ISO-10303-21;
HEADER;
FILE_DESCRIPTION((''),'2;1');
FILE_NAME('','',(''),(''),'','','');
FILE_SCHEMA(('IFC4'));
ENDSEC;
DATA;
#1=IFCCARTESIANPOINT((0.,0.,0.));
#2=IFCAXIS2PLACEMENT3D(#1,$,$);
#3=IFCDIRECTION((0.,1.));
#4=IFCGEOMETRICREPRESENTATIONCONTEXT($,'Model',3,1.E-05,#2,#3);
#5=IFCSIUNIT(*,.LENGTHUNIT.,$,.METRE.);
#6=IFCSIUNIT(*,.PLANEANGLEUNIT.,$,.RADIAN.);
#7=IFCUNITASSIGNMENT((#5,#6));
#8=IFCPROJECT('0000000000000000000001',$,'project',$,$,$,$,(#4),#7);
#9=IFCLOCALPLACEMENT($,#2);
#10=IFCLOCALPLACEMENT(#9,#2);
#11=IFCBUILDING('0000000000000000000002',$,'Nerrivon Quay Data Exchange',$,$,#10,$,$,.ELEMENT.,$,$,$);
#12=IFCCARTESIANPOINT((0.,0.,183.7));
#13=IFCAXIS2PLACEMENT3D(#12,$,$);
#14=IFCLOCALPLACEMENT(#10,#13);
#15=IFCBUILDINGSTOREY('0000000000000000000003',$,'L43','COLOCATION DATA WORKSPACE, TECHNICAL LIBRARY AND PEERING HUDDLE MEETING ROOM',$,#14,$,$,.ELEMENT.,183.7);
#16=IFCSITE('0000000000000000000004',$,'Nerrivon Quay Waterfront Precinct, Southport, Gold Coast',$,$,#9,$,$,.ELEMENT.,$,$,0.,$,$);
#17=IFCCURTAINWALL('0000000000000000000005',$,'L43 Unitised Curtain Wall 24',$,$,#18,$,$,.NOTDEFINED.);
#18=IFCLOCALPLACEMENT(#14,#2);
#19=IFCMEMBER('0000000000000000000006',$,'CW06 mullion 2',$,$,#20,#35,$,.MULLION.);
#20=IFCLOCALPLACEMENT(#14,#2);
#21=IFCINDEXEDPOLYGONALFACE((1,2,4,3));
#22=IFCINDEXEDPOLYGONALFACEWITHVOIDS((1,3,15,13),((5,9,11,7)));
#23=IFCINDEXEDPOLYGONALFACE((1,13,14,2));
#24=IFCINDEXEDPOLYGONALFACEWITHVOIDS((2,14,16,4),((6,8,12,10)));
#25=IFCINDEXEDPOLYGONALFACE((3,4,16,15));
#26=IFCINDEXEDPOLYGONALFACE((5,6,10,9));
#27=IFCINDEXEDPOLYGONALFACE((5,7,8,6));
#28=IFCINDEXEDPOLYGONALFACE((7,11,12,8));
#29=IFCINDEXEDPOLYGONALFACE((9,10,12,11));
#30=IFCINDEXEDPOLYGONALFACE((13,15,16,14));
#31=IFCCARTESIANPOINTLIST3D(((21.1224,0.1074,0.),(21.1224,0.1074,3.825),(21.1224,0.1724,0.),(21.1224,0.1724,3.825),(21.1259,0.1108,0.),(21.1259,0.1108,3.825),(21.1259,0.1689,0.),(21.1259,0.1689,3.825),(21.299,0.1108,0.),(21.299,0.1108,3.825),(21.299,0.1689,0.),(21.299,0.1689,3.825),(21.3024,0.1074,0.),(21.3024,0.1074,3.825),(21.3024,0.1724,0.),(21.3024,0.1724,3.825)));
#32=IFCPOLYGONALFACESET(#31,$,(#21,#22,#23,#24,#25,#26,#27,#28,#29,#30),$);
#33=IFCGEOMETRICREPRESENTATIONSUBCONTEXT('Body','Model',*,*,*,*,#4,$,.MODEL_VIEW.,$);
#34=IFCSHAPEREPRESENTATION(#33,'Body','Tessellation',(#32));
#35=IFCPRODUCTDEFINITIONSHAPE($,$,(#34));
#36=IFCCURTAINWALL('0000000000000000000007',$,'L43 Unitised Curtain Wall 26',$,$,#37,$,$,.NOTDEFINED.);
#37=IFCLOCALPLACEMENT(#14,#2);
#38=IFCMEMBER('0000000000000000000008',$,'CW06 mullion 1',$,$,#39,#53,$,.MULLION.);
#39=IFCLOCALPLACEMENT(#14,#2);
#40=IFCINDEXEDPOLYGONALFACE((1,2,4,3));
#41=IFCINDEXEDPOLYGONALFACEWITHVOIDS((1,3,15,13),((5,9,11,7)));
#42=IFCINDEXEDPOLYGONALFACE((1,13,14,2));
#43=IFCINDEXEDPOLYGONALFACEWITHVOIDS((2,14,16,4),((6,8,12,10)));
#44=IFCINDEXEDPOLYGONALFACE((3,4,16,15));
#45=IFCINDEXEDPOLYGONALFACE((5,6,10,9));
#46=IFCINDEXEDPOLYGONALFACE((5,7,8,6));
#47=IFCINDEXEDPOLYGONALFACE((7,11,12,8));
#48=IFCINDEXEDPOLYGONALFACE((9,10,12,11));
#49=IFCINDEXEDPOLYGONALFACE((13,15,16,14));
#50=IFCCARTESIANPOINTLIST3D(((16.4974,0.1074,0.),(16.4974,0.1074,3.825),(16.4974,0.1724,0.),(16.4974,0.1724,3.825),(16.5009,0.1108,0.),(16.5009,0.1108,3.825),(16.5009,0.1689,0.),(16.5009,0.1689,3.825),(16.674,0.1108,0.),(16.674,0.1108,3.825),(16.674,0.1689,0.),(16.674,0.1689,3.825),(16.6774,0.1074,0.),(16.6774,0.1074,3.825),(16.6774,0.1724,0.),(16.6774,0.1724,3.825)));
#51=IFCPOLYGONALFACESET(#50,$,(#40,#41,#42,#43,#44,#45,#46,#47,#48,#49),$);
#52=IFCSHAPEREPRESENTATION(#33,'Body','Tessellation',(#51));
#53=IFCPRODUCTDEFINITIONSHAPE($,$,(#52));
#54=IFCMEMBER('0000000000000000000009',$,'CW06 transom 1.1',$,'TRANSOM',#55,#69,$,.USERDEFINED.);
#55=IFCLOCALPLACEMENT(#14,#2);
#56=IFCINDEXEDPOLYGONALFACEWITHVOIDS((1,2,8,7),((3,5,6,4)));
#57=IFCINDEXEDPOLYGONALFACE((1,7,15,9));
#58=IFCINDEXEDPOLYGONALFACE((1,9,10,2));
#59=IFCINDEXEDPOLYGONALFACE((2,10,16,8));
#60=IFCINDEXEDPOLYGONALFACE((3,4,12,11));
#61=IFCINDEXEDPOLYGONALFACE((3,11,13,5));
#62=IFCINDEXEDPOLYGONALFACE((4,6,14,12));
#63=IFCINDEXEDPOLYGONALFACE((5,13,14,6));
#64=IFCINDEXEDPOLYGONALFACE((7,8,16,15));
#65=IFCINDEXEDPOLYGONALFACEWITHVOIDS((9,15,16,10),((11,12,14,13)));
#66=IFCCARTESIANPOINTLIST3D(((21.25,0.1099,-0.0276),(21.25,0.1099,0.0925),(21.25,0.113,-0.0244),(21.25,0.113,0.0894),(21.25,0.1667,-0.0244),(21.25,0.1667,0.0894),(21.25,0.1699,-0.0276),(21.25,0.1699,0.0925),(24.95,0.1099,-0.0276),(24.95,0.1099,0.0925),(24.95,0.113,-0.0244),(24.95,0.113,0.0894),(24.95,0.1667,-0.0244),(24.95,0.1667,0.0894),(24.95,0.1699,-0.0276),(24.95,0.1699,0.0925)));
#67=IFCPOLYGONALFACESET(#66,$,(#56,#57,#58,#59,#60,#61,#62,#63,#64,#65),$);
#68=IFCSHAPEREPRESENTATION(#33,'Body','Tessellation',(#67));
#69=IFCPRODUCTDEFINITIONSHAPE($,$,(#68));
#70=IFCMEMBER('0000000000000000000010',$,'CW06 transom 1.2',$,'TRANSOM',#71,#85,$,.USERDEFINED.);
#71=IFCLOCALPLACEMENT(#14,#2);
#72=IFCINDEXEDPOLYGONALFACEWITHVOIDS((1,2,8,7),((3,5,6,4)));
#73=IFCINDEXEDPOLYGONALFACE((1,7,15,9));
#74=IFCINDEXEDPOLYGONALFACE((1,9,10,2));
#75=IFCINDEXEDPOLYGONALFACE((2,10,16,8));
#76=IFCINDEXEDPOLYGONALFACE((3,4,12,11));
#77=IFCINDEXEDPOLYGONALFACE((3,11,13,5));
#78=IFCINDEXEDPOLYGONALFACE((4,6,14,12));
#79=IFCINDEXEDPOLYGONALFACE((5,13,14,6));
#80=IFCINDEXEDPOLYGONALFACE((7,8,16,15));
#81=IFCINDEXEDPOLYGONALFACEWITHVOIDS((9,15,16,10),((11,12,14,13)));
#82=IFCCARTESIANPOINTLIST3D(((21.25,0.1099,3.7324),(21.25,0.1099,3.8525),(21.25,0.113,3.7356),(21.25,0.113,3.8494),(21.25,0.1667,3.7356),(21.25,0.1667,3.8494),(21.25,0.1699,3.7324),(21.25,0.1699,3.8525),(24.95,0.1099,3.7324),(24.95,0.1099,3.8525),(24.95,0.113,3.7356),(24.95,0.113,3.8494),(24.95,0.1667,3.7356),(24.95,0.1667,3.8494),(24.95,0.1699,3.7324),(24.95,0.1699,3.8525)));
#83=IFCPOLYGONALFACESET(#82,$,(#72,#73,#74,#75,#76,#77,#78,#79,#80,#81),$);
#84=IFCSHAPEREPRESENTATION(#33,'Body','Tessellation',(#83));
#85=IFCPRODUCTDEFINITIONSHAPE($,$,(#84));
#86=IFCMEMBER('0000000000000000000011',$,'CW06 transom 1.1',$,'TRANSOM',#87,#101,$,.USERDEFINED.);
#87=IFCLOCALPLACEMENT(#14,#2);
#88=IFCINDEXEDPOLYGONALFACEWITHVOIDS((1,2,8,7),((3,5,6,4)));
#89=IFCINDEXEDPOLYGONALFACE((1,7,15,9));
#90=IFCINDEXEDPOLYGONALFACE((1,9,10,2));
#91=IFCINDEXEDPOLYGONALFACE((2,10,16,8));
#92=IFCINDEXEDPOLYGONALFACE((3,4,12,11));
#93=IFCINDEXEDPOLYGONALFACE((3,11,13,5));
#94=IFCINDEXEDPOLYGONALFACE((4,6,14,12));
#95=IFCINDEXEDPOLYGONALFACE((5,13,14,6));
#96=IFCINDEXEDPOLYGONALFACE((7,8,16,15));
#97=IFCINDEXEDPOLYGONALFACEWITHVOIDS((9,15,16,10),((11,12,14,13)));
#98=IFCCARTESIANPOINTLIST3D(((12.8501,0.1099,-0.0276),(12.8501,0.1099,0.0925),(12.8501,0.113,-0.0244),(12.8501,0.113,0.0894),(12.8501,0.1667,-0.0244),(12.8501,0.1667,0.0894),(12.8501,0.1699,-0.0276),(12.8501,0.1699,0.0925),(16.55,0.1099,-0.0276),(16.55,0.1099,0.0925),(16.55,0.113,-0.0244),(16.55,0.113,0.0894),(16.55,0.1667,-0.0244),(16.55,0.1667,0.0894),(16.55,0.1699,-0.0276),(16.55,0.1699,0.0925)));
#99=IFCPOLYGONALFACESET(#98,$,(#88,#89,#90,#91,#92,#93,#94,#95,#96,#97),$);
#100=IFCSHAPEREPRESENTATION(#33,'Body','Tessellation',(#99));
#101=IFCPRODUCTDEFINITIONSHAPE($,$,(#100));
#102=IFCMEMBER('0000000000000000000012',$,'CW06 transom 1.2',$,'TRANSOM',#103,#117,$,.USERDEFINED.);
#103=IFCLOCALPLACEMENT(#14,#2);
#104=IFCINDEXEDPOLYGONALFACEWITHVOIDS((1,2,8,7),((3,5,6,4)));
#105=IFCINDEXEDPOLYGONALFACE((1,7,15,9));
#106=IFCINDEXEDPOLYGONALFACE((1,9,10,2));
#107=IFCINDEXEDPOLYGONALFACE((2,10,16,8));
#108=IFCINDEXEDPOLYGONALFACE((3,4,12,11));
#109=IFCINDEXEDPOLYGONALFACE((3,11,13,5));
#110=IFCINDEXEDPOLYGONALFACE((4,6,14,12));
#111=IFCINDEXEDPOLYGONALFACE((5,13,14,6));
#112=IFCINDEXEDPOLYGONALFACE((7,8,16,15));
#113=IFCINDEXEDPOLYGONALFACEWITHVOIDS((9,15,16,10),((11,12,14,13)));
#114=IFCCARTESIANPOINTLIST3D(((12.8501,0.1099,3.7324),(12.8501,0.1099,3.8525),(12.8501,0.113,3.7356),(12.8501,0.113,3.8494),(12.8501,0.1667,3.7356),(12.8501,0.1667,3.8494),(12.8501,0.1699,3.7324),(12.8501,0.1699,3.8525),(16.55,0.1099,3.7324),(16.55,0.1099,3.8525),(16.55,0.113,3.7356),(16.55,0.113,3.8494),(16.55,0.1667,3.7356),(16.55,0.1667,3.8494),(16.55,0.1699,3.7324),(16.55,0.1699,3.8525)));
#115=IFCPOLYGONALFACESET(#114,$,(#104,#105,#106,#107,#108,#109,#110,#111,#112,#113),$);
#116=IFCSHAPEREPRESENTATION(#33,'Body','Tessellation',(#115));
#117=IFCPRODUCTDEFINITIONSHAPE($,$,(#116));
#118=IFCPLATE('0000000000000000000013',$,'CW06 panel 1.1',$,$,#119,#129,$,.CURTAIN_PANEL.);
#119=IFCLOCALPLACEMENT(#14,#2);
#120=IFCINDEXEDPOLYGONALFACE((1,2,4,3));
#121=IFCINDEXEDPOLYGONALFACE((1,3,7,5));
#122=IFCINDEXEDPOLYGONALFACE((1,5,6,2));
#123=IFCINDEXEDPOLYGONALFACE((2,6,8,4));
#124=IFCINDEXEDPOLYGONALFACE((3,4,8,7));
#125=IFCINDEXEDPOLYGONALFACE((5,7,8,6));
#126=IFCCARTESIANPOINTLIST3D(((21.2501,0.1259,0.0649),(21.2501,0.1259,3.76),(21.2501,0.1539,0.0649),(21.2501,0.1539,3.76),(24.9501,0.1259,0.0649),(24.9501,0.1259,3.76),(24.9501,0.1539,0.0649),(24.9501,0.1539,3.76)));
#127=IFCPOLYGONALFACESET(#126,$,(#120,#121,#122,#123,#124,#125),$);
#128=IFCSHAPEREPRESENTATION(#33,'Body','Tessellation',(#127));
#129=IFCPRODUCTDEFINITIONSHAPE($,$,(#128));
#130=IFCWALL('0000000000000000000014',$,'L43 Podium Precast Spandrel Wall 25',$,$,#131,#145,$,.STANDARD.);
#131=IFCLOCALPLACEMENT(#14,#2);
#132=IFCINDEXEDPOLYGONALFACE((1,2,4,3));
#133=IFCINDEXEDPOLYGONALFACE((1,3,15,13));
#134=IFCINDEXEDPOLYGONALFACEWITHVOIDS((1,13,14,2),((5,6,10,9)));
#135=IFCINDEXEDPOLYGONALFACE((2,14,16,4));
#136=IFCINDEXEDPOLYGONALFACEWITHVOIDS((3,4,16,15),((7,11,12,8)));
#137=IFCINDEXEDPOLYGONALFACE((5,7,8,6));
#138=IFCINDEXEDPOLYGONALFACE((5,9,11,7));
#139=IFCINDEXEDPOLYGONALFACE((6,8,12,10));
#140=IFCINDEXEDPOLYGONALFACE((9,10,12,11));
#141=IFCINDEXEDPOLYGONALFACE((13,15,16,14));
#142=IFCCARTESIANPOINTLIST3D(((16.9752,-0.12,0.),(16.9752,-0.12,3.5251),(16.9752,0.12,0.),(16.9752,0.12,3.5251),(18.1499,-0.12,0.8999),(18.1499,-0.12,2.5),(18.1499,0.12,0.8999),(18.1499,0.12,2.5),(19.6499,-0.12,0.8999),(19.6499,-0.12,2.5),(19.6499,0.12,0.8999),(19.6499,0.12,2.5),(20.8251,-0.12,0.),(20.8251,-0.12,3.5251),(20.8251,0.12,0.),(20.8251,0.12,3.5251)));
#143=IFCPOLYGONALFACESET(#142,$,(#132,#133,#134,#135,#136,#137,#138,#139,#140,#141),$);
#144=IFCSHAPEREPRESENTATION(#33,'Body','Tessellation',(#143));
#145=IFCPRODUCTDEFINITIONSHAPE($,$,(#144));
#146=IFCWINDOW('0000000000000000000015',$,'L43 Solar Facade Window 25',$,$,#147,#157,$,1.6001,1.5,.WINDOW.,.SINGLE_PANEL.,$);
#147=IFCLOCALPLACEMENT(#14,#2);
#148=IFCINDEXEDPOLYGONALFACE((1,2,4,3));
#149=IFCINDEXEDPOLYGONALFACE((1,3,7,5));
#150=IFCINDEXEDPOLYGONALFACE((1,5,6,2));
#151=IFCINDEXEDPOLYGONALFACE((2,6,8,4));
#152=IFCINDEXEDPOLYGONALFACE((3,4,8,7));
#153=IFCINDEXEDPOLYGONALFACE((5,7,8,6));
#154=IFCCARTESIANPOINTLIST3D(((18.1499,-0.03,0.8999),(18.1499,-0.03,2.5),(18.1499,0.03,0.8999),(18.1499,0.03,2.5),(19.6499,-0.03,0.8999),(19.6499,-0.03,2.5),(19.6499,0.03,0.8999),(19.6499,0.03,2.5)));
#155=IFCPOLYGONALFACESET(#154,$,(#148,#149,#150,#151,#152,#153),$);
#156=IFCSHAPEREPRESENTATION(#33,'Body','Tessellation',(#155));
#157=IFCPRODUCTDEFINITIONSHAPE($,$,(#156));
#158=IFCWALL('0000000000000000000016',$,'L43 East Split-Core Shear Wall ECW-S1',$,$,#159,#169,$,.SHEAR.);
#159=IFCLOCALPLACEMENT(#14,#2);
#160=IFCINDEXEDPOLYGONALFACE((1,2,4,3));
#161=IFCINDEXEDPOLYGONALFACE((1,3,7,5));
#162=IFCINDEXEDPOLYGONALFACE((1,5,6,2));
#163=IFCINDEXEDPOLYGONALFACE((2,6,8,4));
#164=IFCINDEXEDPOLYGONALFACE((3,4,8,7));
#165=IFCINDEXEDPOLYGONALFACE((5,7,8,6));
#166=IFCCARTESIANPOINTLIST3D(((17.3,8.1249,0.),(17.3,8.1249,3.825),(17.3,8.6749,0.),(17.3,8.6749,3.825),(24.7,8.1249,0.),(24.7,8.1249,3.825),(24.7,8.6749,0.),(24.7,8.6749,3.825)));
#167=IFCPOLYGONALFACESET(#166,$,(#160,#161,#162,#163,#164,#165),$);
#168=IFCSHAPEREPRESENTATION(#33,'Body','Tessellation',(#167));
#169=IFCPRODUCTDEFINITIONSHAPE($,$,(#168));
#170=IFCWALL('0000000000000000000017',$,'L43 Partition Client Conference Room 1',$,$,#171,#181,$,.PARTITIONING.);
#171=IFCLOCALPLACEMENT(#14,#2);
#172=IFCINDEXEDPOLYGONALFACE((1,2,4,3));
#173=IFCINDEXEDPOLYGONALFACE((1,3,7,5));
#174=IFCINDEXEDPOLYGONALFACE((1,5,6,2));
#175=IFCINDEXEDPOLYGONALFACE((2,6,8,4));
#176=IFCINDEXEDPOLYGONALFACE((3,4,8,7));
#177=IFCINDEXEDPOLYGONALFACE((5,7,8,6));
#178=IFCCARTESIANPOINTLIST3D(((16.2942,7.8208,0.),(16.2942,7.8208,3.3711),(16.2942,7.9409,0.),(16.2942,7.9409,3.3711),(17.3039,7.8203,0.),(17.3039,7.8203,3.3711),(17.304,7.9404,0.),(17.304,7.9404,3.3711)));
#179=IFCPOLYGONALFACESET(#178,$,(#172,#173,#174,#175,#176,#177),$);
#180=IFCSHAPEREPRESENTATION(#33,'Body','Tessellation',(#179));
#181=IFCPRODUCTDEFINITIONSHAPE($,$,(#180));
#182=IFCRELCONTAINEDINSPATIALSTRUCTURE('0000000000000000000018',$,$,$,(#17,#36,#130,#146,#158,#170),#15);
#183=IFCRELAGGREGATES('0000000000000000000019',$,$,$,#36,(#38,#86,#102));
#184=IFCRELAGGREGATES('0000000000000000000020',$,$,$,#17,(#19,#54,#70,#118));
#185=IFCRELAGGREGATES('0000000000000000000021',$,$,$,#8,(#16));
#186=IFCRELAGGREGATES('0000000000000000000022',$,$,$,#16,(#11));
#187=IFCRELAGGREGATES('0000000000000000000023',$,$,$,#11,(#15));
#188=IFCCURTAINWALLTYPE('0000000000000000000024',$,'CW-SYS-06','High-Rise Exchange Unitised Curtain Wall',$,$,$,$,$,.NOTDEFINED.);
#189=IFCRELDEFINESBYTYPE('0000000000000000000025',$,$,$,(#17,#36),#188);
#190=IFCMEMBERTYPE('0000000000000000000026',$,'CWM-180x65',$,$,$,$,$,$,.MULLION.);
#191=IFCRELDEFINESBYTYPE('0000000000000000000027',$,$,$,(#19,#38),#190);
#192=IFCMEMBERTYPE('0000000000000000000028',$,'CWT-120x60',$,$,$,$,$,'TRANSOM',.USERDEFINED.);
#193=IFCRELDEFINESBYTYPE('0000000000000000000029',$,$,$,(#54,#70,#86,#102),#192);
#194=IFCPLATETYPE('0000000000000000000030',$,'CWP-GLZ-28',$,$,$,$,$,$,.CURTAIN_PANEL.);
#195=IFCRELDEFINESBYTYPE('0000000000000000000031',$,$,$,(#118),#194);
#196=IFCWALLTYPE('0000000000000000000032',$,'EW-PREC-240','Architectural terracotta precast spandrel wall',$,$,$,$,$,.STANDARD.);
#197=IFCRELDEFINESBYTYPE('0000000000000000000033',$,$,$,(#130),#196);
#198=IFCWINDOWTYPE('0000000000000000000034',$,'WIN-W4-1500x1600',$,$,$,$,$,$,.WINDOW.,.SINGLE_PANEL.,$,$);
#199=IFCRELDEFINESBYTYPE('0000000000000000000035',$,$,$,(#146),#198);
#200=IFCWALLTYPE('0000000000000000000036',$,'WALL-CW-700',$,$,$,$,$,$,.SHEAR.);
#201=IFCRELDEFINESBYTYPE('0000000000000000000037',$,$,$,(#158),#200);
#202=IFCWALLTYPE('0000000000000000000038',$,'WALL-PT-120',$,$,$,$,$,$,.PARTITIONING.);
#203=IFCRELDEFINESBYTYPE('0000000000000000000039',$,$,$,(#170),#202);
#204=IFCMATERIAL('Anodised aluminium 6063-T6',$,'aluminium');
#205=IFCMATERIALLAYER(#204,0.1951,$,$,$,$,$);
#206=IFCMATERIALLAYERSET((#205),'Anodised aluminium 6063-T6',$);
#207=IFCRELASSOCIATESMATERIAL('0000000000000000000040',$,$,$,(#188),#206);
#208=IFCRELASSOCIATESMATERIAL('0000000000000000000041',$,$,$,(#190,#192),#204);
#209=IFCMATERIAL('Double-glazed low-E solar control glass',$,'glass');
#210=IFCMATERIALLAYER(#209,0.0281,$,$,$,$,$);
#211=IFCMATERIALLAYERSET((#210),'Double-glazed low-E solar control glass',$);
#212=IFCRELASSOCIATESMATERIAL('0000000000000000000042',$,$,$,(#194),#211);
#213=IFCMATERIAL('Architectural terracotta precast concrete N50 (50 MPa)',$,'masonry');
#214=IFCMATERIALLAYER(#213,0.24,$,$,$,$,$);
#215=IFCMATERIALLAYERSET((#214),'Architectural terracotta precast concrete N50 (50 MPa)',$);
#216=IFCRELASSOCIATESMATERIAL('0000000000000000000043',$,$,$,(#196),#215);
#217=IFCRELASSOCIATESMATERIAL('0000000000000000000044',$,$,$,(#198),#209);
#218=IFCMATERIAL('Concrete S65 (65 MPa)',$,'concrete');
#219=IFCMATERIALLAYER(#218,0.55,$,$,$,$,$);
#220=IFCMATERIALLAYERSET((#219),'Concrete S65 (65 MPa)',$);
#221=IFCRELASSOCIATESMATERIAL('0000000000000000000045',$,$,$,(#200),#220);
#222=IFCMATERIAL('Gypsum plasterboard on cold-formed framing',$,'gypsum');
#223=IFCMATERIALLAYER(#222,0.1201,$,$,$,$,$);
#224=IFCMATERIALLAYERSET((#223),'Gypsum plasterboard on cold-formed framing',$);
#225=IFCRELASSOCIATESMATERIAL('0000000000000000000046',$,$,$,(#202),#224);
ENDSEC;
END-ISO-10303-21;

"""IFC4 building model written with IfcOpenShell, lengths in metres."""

from ifc_helpers import new_model, si_unit, direction, frame, frame_2d, origin, origin_2d, place, context, subcontext, project, spatial, rectangle, hollow_rectangle, extrude, material, layer, layer_set, material_profile, profile_set, type_object, element, fill, aggregate, save


model = new_model("IFC4")

# Units and contexts
model_context = context("Model", 3, precision=1e-05, world=origin(), true_north=direction((0.0, 1.0)))
body_context = subcontext(model_context, "Body", "Model", "MODEL_VIEW")
ifc_project = project(units=[si_unit("LENGTHUNIT", "METRE"), si_unit("PLANEANGLEUNIT", "RADIAN")], contexts=[model_context])

# Site, building, storey
site_placement = place(None, origin())
site = spatial("IfcSite", under=ifc_project, at=site_placement, Name="Nerrivon Quay Waterfront Precinct, Southport, Gold Coast", CompositionType="ELEMENT", RefElevation=0.0)
building_placement = place(site_placement, origin())
building = spatial("IfcBuilding", under=site, at=building_placement, Name="Nerrivon Quay Data Exchange", CompositionType="ELEMENT")
storey_placement = place(building_placement, frame((0.0, 0.0, 183.7)))
storey = spatial("IfcBuildingStorey", under=building, at=storey_placement, Name="L43", Description="COLOCATION DATA WORKSPACE, TECHNICAL LIBRARY AND PEERING HUDDLE MEETING ROOM", CompositionType="ELEMENT", Elevation=183.7)

# Shared definitions
ifc_material_1 = material(Name="Concrete S65 (65 MPa)", Category="concrete")

# Curtain wall, member
ifc_material_2 = material(Name="Anodised aluminium 6063-T6", Category="aluminium")
ifc_layer_1 = layer(ifc_material_2, 0.1951)
ifc_layer_set_1 = layer_set([ifc_layer_1], Name="Anodised aluminium 6063-T6")
curtain_wall_type = type_object("IfcCurtainWallType", Name="CW-SYS-06", Description="High-Rise Exchange Unitised Curtain Wall", PredefinedType="NOTDEFINED", material=ifc_layer_set_1)
curtain_wall_1_placement = place(storey_placement, origin())
curtain_wall_1 = element("IfcCurtainWall", 1, at=curtain_wall_1_placement, inside=storey, type_object=curtain_wall_type, Name="L43 Unitised Curtain Wall 24", PredefinedType="NOTDEFINED")
ifc_material_profile_1 = material_profile(ifc_material_2, hollow_rectangle(XDim=0.0649, YDim=0.1799, WallThickness=0.0034, at=origin_2d()), Name="ALU-MULL-180x65")
ifc_profile_set_1 = profile_set([ifc_material_profile_1], Name="Anodised aluminium 6063-T6")
member_type_1 = type_object("IfcMemberType", Name="CWM-180x65", PredefinedType="MULLION", material=ifc_profile_set_1)
member_1_placement = place(storey_placement, frame((21.2124, 0.1399, 0.0), z_axis=(0.0, 0.0, 1.0), x_axis=(0.0, -1.0, 0.0)))
member_1 = element("IfcMember", 2, at=member_1_placement, type_object=member_type_1, Name="CW06 mullion 2", PredefinedType="MULLION", context=body_context, shape_type="SweptSolid", body=[
    extrude(hollow_rectangle(XDim=0.0649, YDim=0.1799, WallThickness=0.0034, at=origin_2d()), origin(), (0.0, 0.0, 1.0), 3.825),
])

# Curtain wall, member
curtain_wall_2_placement = place(storey_placement, origin())
curtain_wall_2 = element("IfcCurtainWall", 3, at=curtain_wall_2_placement, inside=storey, type_object=curtain_wall_type, Name="L43 Unitised Curtain Wall 26", PredefinedType="NOTDEFINED")
member_2_placement = place(storey_placement, frame((16.5874, 0.1399, 0.0), z_axis=(0.0, 0.0, 1.0), x_axis=(0.0, -1.0, 0.0)))
member_2 = element("IfcMember", 4, at=member_2_placement, type_object=member_type_1, Name="CW06 mullion 1", PredefinedType="MULLION", context=body_context, shape_type="SweptSolid", body=[
    extrude(hollow_rectangle(XDim=0.0649, YDim=0.1799, WallThickness=0.0034, at=origin_2d()), origin(), (0.0, 0.0, 1.0), 3.825),
])

# Members
ifc_material_profile_2 = material_profile(ifc_material_2, hollow_rectangle(XDim=0.0601, YDim=0.1201, WallThickness=0.0032, at=origin_2d()), Name="ALU-TRAN-120x60")
ifc_profile_set_2 = profile_set([ifc_material_profile_2], Name="Anodised aluminium 6063-T6")
member_type_2 = type_object("IfcMemberType", Name="CWT-120x60", ElementType="TRANSOM", PredefinedType="USERDEFINED", material=ifc_profile_set_2)
member_3_placement = place(storey_placement, frame((24.95, 0.1399, 0.0325), z_axis=(-1.0, 0.0, 0.0), x_axis=(0.0, -1.0, 0.0)))
member_3 = element("IfcMember", 5, at=member_3_placement, type_object=member_type_2, Name="CW06 transom 1.1", ObjectType="TRANSOM", PredefinedType="USERDEFINED", context=body_context, shape_type="SweptSolid", body=[
    extrude(hollow_rectangle(XDim=0.0601, YDim=0.1201, WallThickness=0.0032, at=origin_2d()), origin(), (0.0, 0.0, 1.0), 3.7),
])
member_4_placement = place(storey_placement, frame((24.95, 0.1399, 3.7925), z_axis=(-1.0, 0.0, 0.0), x_axis=(0.0, -1.0, 0.0)))
member_4 = element("IfcMember", 6, at=member_4_placement, type_object=member_type_2, Name="CW06 transom 1.2", ObjectType="TRANSOM", PredefinedType="USERDEFINED", context=body_context, shape_type="SweptSolid", body=[
    extrude(hollow_rectangle(XDim=0.0601, YDim=0.1201, WallThickness=0.0032, at=origin_2d()), origin(), (0.0, 0.0, 1.0), 3.7),
])
member_5_placement = place(storey_placement, frame((16.55, 0.1399, 0.0325), z_axis=(-1.0, 0.0, 0.0), x_axis=(0.0, -1.0, 0.0)))
member_5 = element("IfcMember", 7, at=member_5_placement, type_object=member_type_2, Name="CW06 transom 1.1", ObjectType="TRANSOM", PredefinedType="USERDEFINED", context=body_context, shape_type="SweptSolid", body=[
    extrude(hollow_rectangle(XDim=0.0601, YDim=0.1201, WallThickness=0.0032, at=origin_2d()), origin(), (0.0, 0.0, 1.0), 3.7),
])
member_6_placement = place(storey_placement, frame((16.55, 0.1399, 3.7925), z_axis=(-1.0, 0.0, 0.0), x_axis=(0.0, -1.0, 0.0)))
member_6 = element("IfcMember", 8, at=member_6_placement, type_object=member_type_2, Name="CW06 transom 1.2", ObjectType="TRANSOM", PredefinedType="USERDEFINED", context=body_context, shape_type="SweptSolid", body=[
    extrude(hollow_rectangle(XDim=0.0601, YDim=0.1201, WallThickness=0.0032, at=origin_2d()), origin(), (0.0, 0.0, 1.0), 3.7),
])
aggregate(curtain_wall_2, [member_2, member_5, member_6])

# Plate
ifc_material_3 = material(Name="Double-glazed low-E solar control glass", Category="glass")
ifc_layer_2 = layer(ifc_material_3, 0.0281)
ifc_layer_set_2 = layer_set([ifc_layer_2], Name="Double-glazed low-E solar control glass")
plate_type = type_object("IfcPlateType", Name="CWP-GLZ-28", PredefinedType="CURTAIN_PANEL", material=ifc_layer_set_2)
plate_placement = place(storey_placement, frame((23.1001, 0.1399, 0.0649), z_axis=(0.0, 0.0, 1.0), x_axis=(-1.0, 0.0, 0.0)))
plate = element("IfcPlate", 9, at=plate_placement, type_object=plate_type, Name="CW06 panel 1.1", PredefinedType="CURTAIN_PANEL", context=body_context, shape_type="SweptSolid", body=[
    extrude(rectangle(XDim=3.7, YDim=0.0281, at=origin_2d()), origin(), (0.0, 0.0, 1.0), 3.6951),
])
aggregate(curtain_wall_1, [member_1, member_3, member_4, plate])

# Wall, opening, window
ifc_material_4 = material(Name="Architectural terracotta precast concrete N50 (50 MPa)", Category="masonry")
ifc_layer_3 = layer(ifc_material_4, 0.24)
ifc_layer_set_3 = layer_set([ifc_layer_3], Name="Architectural terracotta precast concrete N50 (50 MPa)")
wall_type_1 = type_object("IfcWallType", Name="EW-PREC-240", Description="Architectural terracotta precast spandrel wall", PredefinedType="STANDARD", material=ifc_layer_set_3)
wall_1_placement = place(storey_placement, frame((20.825, 0.0, 0.0), z_axis=(0.0, 0.0, 1.0), x_axis=(-1.0, 0.0, 0.0)))
wall_1 = element("IfcWall", 10, at=wall_1_placement, inside=storey, type_object=wall_type_1, Name="L43 Podium Precast Spandrel Wall 25", PredefinedType="STANDARD", context=body_context, shape_type="SweptSolid", body=[
    extrude(rectangle(XDim=3.8499, YDim=0.24, at=frame_2d((1.9248, 0.0))), origin(), (0.0, 0.0, 1.0), 3.5251),
])
opening_placement = place(wall_1_placement, frame((1.175, 0.0, 0.8999)))
opening = element("IfcOpeningElement", 11, at=opening_placement, cuts=wall_1, PredefinedType="OPENING", context=body_context, shape_type="SweptSolid", body=[
    extrude(rectangle(XDim=1.5, YDim=1.6001, at=frame_2d((0.75, 0.8))), frame((0.0, 0.1299, 0.0), z_axis=(0.0, -1.0, 0.0), x_axis=(1.0, 0.0, 0.0)), (0.0, 0.0, 1.0), 0.26),
])
window_type = type_object("IfcWindowType", Name="WIN-W4-1500x1600", PartitioningType="SINGLE_PANEL", PredefinedType="WINDOW", material=ifc_material_3)
window_placement = place(opening_placement, origin())
window = element("IfcWindow", 12, at=window_placement, inside=storey, type_object=window_type, Name="L43 Solar Facade Window 25", OverallHeight=1.6001, OverallWidth=1.5, PartitioningType="SINGLE_PANEL", PredefinedType="WINDOW", context=body_context, shape_type="SweptSolid", body=[
    extrude(rectangle(XDim=1.5, YDim=1.6001, at=frame_2d((0.75, 0.8))), frame((0.0, 0.03, 0.0), z_axis=(0.0, -1.0, 0.0), x_axis=(1.0, 0.0, 0.0)), (0.0, 0.0, 1.0), 0.0601),
])
fill(opening, window)

# Walls
ifc_layer_4 = layer(ifc_material_1, 0.55)
ifc_layer_set_4 = layer_set([ifc_layer_4], Name="Concrete S65 (65 MPa)")
wall_type_2 = type_object("IfcWallType", Name="WALL-CW-700", PredefinedType="SHEAR", material=ifc_layer_set_4)
wall_2_placement = place(storey_placement, frame((17.3, 8.3999, 0.0), z_axis=(0.0, 0.0, 1.0), x_axis=(1.0, 0.0, 0.0)))
element("IfcWall", 13, at=wall_2_placement, inside=storey, type_object=wall_type_2, Name="L43 East Split-Core Shear Wall ECW-S1", PredefinedType="SHEAR", context=body_context, shape_type="SweptSolid", body=[
    extrude(rectangle(XDim=7.3999, YDim=0.55, at=frame_2d((3.7, 0.0))), origin(), (0.0, 0.0, 1.0), 3.825),
])
ifc_material_5 = material(Name="Gypsum plasterboard on cold-formed framing", Category="gypsum")
ifc_layer_5 = layer(ifc_material_5, 0.1201)
ifc_layer_set_5 = layer_set([ifc_layer_5], Name="Gypsum plasterboard on cold-formed framing")
wall_type_3 = type_object("IfcWallType", Name="WALL-PT-120", PredefinedType="PARTITIONING", material=ifc_layer_set_5)
wall_3_placement = place(storey_placement, frame((17.304, 7.8804, 0.0), z_axis=(0.0, 0.0, 1.0), x_axis=(-1.0, 0.000484, 0.0)))
element("IfcWall", 14, at=wall_3_placement, inside=storey, type_object=wall_type_3, Name="L43 Partition Client Conference Room 1", PredefinedType="PARTITIONING", context=body_context, shape_type="SweptSolid", body=[
    extrude(rectangle(XDim=1.0098, YDim=0.1201, at=frame_2d((0.5049, 0.0))), origin(), (0.0, 0.0, 1.0), 3.3711),
])

save(model, "model.ifc")
